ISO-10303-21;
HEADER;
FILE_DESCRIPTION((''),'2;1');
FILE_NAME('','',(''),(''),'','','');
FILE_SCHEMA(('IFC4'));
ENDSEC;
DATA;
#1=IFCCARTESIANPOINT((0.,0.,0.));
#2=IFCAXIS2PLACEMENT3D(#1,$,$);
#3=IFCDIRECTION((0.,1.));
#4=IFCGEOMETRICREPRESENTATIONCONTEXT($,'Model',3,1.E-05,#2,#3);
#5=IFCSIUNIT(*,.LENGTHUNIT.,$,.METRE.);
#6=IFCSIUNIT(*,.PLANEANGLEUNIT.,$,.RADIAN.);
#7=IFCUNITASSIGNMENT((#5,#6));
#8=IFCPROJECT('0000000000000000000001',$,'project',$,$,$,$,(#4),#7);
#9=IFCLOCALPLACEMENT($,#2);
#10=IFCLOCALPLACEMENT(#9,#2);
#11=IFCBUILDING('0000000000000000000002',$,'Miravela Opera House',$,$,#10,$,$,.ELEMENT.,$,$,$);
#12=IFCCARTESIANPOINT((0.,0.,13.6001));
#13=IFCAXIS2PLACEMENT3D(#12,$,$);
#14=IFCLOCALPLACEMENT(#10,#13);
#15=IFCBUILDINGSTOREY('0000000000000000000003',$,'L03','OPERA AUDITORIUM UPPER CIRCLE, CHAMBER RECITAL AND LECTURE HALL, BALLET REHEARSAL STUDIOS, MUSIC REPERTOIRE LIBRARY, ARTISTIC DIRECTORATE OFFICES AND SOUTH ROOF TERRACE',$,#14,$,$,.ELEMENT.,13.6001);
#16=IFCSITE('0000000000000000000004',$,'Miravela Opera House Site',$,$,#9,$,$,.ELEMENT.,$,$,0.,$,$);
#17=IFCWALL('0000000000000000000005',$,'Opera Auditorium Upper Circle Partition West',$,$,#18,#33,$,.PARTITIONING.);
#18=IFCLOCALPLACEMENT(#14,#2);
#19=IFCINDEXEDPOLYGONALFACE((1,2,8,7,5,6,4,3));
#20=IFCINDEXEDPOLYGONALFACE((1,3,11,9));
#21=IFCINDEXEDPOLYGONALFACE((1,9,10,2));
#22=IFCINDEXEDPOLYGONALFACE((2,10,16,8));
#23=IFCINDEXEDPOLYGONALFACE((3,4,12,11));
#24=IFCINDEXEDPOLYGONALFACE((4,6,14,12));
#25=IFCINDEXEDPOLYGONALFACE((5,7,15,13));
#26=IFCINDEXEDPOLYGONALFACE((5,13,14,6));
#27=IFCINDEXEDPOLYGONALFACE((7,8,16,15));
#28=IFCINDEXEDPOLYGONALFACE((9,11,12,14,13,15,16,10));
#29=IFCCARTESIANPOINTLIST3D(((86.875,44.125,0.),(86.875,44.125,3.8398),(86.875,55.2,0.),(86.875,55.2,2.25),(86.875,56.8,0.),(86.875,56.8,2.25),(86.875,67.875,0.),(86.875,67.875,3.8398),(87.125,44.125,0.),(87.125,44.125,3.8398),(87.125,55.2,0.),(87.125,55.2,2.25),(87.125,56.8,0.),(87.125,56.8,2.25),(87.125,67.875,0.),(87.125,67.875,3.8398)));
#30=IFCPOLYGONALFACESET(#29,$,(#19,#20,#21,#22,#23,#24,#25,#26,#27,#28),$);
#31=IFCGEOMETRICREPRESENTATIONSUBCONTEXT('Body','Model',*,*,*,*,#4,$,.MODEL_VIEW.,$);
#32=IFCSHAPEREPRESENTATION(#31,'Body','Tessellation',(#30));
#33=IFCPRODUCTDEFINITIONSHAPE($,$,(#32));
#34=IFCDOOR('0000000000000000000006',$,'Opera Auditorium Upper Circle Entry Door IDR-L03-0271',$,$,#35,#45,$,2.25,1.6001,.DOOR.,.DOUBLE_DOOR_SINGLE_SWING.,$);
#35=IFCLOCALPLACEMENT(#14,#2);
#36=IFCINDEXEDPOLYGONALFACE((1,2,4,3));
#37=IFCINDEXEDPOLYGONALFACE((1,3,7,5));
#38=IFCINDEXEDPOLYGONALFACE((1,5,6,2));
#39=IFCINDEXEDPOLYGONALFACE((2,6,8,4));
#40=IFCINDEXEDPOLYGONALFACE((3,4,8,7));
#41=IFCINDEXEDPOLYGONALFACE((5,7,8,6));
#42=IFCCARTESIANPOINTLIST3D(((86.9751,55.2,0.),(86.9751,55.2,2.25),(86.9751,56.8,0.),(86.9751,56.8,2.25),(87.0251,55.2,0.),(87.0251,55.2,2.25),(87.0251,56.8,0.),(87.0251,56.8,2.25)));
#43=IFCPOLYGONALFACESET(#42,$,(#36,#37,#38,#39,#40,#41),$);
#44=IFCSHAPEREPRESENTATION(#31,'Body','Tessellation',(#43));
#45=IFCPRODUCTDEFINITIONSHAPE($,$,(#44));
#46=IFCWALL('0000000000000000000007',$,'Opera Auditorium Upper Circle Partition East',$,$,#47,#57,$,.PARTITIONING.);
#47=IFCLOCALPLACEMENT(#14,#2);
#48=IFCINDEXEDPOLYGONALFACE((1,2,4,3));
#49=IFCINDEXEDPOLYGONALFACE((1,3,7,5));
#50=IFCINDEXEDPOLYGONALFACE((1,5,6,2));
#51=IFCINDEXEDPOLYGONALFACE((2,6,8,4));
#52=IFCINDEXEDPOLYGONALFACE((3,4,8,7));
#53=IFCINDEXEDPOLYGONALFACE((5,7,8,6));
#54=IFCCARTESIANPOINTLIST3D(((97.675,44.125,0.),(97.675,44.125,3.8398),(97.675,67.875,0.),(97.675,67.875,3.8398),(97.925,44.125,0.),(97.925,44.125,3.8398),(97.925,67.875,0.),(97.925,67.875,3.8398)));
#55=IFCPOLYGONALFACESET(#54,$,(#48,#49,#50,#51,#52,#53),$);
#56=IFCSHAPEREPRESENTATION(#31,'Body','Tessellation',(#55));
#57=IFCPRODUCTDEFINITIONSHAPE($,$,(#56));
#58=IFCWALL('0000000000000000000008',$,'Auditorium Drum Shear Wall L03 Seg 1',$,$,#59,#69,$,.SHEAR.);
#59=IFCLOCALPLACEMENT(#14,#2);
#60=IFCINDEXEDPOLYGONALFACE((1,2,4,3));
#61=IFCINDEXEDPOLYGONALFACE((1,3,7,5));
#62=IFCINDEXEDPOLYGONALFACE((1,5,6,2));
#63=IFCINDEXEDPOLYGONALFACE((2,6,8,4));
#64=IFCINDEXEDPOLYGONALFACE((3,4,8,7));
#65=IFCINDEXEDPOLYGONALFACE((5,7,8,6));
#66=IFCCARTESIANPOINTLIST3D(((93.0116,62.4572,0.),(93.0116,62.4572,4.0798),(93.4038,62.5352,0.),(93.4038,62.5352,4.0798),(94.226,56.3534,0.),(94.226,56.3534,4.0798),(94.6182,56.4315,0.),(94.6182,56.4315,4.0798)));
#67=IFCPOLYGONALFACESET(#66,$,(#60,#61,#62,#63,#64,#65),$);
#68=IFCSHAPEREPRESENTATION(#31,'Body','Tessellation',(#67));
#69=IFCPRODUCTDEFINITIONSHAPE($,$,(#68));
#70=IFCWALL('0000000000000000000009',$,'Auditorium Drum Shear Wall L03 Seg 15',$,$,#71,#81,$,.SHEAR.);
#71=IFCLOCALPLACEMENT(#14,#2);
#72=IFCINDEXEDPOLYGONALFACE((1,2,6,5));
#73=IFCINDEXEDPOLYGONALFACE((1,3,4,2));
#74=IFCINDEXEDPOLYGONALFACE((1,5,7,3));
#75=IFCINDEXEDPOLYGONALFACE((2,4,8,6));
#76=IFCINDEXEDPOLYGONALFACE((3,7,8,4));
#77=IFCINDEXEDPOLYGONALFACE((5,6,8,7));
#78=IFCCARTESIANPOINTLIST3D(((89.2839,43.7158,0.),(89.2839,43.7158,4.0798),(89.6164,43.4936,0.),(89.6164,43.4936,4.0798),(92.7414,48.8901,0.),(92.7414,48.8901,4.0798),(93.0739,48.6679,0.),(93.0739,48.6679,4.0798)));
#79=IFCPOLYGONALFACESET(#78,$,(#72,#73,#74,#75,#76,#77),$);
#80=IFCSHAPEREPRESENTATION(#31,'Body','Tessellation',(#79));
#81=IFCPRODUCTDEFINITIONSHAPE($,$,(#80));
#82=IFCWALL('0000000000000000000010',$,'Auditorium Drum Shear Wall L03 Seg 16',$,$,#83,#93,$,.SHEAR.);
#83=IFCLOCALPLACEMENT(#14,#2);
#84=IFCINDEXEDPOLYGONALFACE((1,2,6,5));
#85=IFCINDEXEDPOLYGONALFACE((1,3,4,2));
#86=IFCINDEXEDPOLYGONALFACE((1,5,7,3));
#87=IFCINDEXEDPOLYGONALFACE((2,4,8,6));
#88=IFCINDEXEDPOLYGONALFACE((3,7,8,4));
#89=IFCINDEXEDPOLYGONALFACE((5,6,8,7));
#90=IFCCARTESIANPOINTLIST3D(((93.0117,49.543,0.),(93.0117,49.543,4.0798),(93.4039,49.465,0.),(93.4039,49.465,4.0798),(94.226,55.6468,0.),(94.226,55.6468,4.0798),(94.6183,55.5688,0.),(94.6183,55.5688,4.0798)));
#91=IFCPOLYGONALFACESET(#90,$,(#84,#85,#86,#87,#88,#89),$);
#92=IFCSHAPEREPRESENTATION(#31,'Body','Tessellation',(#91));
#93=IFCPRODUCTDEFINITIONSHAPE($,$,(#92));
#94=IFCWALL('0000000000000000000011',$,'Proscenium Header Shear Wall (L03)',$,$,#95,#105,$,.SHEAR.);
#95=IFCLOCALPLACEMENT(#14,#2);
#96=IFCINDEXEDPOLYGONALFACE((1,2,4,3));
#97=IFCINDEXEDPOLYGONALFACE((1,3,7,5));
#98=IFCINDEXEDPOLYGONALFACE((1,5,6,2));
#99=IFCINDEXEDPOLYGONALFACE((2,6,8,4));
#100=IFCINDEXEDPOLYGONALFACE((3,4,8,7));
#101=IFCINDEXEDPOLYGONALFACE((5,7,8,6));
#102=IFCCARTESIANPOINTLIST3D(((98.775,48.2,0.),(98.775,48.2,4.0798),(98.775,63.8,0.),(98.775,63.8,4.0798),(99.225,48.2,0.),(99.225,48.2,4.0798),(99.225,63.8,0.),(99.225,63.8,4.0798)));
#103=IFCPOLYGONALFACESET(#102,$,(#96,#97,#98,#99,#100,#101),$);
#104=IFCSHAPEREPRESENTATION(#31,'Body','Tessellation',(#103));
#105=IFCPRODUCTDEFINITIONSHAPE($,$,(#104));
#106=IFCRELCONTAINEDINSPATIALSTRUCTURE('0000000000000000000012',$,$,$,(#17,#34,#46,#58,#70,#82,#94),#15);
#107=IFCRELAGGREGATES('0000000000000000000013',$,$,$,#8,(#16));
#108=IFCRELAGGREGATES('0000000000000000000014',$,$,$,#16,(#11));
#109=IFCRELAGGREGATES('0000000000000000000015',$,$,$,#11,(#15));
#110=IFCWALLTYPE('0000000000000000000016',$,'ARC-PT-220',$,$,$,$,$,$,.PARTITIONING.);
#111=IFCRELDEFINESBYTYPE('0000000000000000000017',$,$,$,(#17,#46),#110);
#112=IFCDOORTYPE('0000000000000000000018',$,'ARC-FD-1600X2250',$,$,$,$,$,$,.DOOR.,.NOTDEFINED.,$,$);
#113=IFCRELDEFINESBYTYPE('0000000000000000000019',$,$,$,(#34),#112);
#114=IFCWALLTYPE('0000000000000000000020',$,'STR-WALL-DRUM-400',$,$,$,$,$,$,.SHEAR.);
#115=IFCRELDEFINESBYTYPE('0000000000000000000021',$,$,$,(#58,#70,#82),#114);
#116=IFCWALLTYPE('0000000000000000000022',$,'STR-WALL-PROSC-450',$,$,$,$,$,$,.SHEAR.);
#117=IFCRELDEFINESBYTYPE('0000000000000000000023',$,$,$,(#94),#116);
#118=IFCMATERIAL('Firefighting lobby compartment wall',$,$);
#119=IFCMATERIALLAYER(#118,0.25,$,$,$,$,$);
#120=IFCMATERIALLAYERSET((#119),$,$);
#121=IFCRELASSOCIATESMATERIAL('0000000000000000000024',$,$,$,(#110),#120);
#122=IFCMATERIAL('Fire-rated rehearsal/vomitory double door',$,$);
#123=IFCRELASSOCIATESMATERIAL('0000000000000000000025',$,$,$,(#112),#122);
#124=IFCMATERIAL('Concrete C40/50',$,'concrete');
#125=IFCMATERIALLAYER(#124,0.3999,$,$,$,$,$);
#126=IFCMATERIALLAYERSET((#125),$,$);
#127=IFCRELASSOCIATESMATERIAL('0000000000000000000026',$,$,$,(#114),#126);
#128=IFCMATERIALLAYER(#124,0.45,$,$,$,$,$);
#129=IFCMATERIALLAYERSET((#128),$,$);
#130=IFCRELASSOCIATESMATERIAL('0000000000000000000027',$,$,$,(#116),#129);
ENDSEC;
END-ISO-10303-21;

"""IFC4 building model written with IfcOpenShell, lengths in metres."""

from ifc_helpers import new_model, si_unit, direction, frame, frame_2d, origin, place, context, subcontext, project, spatial, rectangle, extrude, material, layer, layer_set, type_object, element, fill, save


model = new_model("IFC4")

# Units and contexts
model_context = context("Model", 3, precision=1e-05, world=origin(), true_north=direction((0.0, 1.0)))
body_context = subcontext(model_context, "Body", "Model", "MODEL_VIEW")
ifc_project = project(units=[si_unit("LENGTHUNIT", "METRE"), si_unit("PLANEANGLEUNIT", "RADIAN")], contexts=[model_context])

# Site, building, storey
site_placement = place(None, origin())
site = spatial("IfcSite", under=ifc_project, at=site_placement, Name="Miravela Opera House Site", CompositionType="ELEMENT", RefElevation=0.0)
building_placement = place(site_placement, origin())
building = spatial("IfcBuilding", under=site, at=building_placement, Name="Miravela Opera House", CompositionType="ELEMENT")
storey_placement = place(building_placement, frame((0.0, 0.0, 13.6001)))
storey = spatial("IfcBuildingStorey", under=building, at=storey_placement, Name="L03", Description="OPERA AUDITORIUM UPPER CIRCLE, CHAMBER RECITAL AND LECTURE HALL, BALLET REHEARSAL STUDIOS, MUSIC REPERTOIRE LIBRARY, ARTISTIC DIRECTORATE OFFICES AND SOUTH ROOF TERRACE", CompositionType="ELEMENT", Elevation=13.6001)

# Shared definitions
ifc_material_1 = material(Name="Concrete C40/50", Category="concrete")

# Shared definitions
ifc_material_2 = material(Name="Firefighting lobby compartment wall")
ifc_layer_1 = layer(ifc_material_2, 0.25)
ifc_layer_set_1 = layer_set([ifc_layer_1])
wall_type_1 = type_object("IfcWallType", Name="ARC-PT-220", PredefinedType="PARTITIONING", material=ifc_layer_set_1)

# Wall, opening, door
wall_1_placement = place(storey_placement, frame((87.0, 44.125, 0.0), z_axis=(0.0, 0.0, 1.0), x_axis=(0.0, 1.0, 0.0)))
wall_1 = element("IfcWall", 1, at=wall_1_placement, inside=storey, type_object=wall_type_1, Name="Opera Auditorium Upper Circle Partition West", PredefinedType="PARTITIONING", context=body_context, shape_type="SweptSolid", body=[
    extrude(rectangle(XDim=23.75, YDim=0.25, at=frame_2d((11.875, 0.0))), origin(), (0.0, 0.0, 1.0), 3.8398),
])
opening_1_placement = place(wall_1_placement, frame((11.075, 0.0, 0.0)))
opening_1 = element("IfcOpeningElement", 2, at=opening_1_placement, cuts=wall_1, PredefinedType="OPENING", context=body_context, shape_type="SweptSolid", body=[
    extrude(rectangle(XDim=1.6001, YDim=2.25, at=frame_2d((0.8, 1.125))), frame((0.0, 0.135, 0.0), z_axis=(0.0, -1.0, 0.0), x_axis=(1.0, 0.0, 0.0)), (0.0, 0.0, 1.0), 0.27),
])
ifc_material_3 = material(Name="Fire-rated rehearsal/vomitory double door")
door_type_1 = type_object("IfcDoorType", Name="ARC-FD-1600X2250", OperationType="NOTDEFINED", PredefinedType="DOOR", material=ifc_material_3)
door_1_placement = place(opening_1_placement, origin())
door_1 = element("IfcDoor", 3, at=door_1_placement, inside=storey, type_object=door_type_1, Name="Opera Auditorium Upper Circle Entry Door IDR-L03-0271", OperationType="DOUBLE_DOOR_SINGLE_SWING", OverallHeight=2.25, OverallWidth=1.6001, PredefinedType="DOOR", context=body_context, shape_type="SweptSolid", body=[
    extrude(rectangle(XDim=1.6001, YDim=2.25, at=frame_2d((0.8, 1.125))), frame((0.0, 0.0249, 0.0), z_axis=(0.0, -1.0, 0.0), x_axis=(1.0, 0.0, 0.0)), (0.0, 0.0, 1.0), 0.05),
])
fill(opening_1, door_1)

# Walls
wall_2_placement = place(storey_placement, frame((97.8, 44.125, 0.0), z_axis=(0.0, 0.0, 1.0), x_axis=(0.0, 1.0, 0.0)))
element("IfcWall", 4, at=wall_2_placement, inside=storey, type_object=wall_type_1, Name="Opera Auditorium Upper Circle Partition East", PredefinedType="PARTITIONING", context=body_context, shape_type="SweptSolid", body=[
    extrude(rectangle(XDim=23.75, YDim=0.25, at=frame_2d((11.875, 0.0))), origin(), (0.0, 0.0, 1.0), 3.8398),
])
ifc_layer_2 = layer(ifc_material_1, 0.3999)
ifc_layer_set_2 = layer_set([ifc_layer_2])
wall_type_2 = type_object("IfcWallType", Name="STR-WALL-DRUM-400", PredefinedType="SHEAR", material=ifc_layer_set_2)
wall_3_placement = place(storey_placement, frame((94.4221, 56.3923, 0.0), z_axis=(0.0, 0.0, 1.0), x_axis=(-0.195128, 0.980778, 0.0)))
element("IfcWall", 5, at=wall_3_placement, inside=storey, type_object=wall_type_2, Name="Auditorium Drum Shear Wall L03 Seg 1", PredefinedType="SHEAR", context=body_context, shape_type="SweptSolid", body=[
    extrude(rectangle(XDim=6.2234, YDim=0.3999, at=frame_2d((3.1118, 0.0))), origin(), (0.0, 0.0, 1.0), 4.0798),
])
wall_4_placement = place(storey_placement, frame((89.4502, 43.6047, 0.0), z_axis=(0.0, 0.0, 1.0), x_axis=(0.555587, 0.831458, 0.0)))
element("IfcWall", 6, at=wall_4_placement, inside=storey, type_object=wall_type_2, Name="Auditorium Drum Shear Wall L03 Seg 15", PredefinedType="SHEAR", context=body_context, shape_type="SweptSolid", body=[
    extrude(rectangle(XDim=6.2231, YDim=0.3999, at=frame_2d((3.1116, 0.0))), origin(), (0.0, 0.0, 1.0), 4.0798),
])
wall_5_placement = place(storey_placement, frame((93.2078, 49.5039, 0.0), z_axis=(0.0, 0.0, 1.0), x_axis=(0.195128, 0.980778, 0.0)))
element("IfcWall", 7, at=wall_5_placement, inside=storey, type_object=wall_type_2, Name="Auditorium Drum Shear Wall L03 Seg 16", PredefinedType="SHEAR", context=body_context, shape_type="SweptSolid", body=[
    extrude(rectangle(XDim=6.2234, YDim=0.3999, at=frame_2d((3.1118, 0.0))), origin(), (0.0, 0.0, 1.0), 4.0798),
])
ifc_layer_3 = layer(ifc_material_1, 0.45)
ifc_layer_set_3 = layer_set([ifc_layer_3])
wall_type_3 = type_object("IfcWallType", Name="STR-WALL-PROSC-450", PredefinedType="SHEAR", material=ifc_layer_set_3)
wall_6_placement = place(storey_placement, frame((99.0, 48.2, 0.0), z_axis=(0.0, 0.0, 1.0), x_axis=(0.0, 1.0, 0.0)))
element("IfcWall", 8, at=wall_6_placement, inside=storey, type_object=wall_type_3, Name="Proscenium Header Shear Wall (L03)", PredefinedType="SHEAR", context=body_context, shape_type="SweptSolid", body=[
    extrude(rectangle(XDim=15.6001, YDim=0.45, at=frame_2d((7.8, 0.0))), origin(), (0.0, 0.0, 1.0), 4.0798),
])

save(model, "model.ifc")
